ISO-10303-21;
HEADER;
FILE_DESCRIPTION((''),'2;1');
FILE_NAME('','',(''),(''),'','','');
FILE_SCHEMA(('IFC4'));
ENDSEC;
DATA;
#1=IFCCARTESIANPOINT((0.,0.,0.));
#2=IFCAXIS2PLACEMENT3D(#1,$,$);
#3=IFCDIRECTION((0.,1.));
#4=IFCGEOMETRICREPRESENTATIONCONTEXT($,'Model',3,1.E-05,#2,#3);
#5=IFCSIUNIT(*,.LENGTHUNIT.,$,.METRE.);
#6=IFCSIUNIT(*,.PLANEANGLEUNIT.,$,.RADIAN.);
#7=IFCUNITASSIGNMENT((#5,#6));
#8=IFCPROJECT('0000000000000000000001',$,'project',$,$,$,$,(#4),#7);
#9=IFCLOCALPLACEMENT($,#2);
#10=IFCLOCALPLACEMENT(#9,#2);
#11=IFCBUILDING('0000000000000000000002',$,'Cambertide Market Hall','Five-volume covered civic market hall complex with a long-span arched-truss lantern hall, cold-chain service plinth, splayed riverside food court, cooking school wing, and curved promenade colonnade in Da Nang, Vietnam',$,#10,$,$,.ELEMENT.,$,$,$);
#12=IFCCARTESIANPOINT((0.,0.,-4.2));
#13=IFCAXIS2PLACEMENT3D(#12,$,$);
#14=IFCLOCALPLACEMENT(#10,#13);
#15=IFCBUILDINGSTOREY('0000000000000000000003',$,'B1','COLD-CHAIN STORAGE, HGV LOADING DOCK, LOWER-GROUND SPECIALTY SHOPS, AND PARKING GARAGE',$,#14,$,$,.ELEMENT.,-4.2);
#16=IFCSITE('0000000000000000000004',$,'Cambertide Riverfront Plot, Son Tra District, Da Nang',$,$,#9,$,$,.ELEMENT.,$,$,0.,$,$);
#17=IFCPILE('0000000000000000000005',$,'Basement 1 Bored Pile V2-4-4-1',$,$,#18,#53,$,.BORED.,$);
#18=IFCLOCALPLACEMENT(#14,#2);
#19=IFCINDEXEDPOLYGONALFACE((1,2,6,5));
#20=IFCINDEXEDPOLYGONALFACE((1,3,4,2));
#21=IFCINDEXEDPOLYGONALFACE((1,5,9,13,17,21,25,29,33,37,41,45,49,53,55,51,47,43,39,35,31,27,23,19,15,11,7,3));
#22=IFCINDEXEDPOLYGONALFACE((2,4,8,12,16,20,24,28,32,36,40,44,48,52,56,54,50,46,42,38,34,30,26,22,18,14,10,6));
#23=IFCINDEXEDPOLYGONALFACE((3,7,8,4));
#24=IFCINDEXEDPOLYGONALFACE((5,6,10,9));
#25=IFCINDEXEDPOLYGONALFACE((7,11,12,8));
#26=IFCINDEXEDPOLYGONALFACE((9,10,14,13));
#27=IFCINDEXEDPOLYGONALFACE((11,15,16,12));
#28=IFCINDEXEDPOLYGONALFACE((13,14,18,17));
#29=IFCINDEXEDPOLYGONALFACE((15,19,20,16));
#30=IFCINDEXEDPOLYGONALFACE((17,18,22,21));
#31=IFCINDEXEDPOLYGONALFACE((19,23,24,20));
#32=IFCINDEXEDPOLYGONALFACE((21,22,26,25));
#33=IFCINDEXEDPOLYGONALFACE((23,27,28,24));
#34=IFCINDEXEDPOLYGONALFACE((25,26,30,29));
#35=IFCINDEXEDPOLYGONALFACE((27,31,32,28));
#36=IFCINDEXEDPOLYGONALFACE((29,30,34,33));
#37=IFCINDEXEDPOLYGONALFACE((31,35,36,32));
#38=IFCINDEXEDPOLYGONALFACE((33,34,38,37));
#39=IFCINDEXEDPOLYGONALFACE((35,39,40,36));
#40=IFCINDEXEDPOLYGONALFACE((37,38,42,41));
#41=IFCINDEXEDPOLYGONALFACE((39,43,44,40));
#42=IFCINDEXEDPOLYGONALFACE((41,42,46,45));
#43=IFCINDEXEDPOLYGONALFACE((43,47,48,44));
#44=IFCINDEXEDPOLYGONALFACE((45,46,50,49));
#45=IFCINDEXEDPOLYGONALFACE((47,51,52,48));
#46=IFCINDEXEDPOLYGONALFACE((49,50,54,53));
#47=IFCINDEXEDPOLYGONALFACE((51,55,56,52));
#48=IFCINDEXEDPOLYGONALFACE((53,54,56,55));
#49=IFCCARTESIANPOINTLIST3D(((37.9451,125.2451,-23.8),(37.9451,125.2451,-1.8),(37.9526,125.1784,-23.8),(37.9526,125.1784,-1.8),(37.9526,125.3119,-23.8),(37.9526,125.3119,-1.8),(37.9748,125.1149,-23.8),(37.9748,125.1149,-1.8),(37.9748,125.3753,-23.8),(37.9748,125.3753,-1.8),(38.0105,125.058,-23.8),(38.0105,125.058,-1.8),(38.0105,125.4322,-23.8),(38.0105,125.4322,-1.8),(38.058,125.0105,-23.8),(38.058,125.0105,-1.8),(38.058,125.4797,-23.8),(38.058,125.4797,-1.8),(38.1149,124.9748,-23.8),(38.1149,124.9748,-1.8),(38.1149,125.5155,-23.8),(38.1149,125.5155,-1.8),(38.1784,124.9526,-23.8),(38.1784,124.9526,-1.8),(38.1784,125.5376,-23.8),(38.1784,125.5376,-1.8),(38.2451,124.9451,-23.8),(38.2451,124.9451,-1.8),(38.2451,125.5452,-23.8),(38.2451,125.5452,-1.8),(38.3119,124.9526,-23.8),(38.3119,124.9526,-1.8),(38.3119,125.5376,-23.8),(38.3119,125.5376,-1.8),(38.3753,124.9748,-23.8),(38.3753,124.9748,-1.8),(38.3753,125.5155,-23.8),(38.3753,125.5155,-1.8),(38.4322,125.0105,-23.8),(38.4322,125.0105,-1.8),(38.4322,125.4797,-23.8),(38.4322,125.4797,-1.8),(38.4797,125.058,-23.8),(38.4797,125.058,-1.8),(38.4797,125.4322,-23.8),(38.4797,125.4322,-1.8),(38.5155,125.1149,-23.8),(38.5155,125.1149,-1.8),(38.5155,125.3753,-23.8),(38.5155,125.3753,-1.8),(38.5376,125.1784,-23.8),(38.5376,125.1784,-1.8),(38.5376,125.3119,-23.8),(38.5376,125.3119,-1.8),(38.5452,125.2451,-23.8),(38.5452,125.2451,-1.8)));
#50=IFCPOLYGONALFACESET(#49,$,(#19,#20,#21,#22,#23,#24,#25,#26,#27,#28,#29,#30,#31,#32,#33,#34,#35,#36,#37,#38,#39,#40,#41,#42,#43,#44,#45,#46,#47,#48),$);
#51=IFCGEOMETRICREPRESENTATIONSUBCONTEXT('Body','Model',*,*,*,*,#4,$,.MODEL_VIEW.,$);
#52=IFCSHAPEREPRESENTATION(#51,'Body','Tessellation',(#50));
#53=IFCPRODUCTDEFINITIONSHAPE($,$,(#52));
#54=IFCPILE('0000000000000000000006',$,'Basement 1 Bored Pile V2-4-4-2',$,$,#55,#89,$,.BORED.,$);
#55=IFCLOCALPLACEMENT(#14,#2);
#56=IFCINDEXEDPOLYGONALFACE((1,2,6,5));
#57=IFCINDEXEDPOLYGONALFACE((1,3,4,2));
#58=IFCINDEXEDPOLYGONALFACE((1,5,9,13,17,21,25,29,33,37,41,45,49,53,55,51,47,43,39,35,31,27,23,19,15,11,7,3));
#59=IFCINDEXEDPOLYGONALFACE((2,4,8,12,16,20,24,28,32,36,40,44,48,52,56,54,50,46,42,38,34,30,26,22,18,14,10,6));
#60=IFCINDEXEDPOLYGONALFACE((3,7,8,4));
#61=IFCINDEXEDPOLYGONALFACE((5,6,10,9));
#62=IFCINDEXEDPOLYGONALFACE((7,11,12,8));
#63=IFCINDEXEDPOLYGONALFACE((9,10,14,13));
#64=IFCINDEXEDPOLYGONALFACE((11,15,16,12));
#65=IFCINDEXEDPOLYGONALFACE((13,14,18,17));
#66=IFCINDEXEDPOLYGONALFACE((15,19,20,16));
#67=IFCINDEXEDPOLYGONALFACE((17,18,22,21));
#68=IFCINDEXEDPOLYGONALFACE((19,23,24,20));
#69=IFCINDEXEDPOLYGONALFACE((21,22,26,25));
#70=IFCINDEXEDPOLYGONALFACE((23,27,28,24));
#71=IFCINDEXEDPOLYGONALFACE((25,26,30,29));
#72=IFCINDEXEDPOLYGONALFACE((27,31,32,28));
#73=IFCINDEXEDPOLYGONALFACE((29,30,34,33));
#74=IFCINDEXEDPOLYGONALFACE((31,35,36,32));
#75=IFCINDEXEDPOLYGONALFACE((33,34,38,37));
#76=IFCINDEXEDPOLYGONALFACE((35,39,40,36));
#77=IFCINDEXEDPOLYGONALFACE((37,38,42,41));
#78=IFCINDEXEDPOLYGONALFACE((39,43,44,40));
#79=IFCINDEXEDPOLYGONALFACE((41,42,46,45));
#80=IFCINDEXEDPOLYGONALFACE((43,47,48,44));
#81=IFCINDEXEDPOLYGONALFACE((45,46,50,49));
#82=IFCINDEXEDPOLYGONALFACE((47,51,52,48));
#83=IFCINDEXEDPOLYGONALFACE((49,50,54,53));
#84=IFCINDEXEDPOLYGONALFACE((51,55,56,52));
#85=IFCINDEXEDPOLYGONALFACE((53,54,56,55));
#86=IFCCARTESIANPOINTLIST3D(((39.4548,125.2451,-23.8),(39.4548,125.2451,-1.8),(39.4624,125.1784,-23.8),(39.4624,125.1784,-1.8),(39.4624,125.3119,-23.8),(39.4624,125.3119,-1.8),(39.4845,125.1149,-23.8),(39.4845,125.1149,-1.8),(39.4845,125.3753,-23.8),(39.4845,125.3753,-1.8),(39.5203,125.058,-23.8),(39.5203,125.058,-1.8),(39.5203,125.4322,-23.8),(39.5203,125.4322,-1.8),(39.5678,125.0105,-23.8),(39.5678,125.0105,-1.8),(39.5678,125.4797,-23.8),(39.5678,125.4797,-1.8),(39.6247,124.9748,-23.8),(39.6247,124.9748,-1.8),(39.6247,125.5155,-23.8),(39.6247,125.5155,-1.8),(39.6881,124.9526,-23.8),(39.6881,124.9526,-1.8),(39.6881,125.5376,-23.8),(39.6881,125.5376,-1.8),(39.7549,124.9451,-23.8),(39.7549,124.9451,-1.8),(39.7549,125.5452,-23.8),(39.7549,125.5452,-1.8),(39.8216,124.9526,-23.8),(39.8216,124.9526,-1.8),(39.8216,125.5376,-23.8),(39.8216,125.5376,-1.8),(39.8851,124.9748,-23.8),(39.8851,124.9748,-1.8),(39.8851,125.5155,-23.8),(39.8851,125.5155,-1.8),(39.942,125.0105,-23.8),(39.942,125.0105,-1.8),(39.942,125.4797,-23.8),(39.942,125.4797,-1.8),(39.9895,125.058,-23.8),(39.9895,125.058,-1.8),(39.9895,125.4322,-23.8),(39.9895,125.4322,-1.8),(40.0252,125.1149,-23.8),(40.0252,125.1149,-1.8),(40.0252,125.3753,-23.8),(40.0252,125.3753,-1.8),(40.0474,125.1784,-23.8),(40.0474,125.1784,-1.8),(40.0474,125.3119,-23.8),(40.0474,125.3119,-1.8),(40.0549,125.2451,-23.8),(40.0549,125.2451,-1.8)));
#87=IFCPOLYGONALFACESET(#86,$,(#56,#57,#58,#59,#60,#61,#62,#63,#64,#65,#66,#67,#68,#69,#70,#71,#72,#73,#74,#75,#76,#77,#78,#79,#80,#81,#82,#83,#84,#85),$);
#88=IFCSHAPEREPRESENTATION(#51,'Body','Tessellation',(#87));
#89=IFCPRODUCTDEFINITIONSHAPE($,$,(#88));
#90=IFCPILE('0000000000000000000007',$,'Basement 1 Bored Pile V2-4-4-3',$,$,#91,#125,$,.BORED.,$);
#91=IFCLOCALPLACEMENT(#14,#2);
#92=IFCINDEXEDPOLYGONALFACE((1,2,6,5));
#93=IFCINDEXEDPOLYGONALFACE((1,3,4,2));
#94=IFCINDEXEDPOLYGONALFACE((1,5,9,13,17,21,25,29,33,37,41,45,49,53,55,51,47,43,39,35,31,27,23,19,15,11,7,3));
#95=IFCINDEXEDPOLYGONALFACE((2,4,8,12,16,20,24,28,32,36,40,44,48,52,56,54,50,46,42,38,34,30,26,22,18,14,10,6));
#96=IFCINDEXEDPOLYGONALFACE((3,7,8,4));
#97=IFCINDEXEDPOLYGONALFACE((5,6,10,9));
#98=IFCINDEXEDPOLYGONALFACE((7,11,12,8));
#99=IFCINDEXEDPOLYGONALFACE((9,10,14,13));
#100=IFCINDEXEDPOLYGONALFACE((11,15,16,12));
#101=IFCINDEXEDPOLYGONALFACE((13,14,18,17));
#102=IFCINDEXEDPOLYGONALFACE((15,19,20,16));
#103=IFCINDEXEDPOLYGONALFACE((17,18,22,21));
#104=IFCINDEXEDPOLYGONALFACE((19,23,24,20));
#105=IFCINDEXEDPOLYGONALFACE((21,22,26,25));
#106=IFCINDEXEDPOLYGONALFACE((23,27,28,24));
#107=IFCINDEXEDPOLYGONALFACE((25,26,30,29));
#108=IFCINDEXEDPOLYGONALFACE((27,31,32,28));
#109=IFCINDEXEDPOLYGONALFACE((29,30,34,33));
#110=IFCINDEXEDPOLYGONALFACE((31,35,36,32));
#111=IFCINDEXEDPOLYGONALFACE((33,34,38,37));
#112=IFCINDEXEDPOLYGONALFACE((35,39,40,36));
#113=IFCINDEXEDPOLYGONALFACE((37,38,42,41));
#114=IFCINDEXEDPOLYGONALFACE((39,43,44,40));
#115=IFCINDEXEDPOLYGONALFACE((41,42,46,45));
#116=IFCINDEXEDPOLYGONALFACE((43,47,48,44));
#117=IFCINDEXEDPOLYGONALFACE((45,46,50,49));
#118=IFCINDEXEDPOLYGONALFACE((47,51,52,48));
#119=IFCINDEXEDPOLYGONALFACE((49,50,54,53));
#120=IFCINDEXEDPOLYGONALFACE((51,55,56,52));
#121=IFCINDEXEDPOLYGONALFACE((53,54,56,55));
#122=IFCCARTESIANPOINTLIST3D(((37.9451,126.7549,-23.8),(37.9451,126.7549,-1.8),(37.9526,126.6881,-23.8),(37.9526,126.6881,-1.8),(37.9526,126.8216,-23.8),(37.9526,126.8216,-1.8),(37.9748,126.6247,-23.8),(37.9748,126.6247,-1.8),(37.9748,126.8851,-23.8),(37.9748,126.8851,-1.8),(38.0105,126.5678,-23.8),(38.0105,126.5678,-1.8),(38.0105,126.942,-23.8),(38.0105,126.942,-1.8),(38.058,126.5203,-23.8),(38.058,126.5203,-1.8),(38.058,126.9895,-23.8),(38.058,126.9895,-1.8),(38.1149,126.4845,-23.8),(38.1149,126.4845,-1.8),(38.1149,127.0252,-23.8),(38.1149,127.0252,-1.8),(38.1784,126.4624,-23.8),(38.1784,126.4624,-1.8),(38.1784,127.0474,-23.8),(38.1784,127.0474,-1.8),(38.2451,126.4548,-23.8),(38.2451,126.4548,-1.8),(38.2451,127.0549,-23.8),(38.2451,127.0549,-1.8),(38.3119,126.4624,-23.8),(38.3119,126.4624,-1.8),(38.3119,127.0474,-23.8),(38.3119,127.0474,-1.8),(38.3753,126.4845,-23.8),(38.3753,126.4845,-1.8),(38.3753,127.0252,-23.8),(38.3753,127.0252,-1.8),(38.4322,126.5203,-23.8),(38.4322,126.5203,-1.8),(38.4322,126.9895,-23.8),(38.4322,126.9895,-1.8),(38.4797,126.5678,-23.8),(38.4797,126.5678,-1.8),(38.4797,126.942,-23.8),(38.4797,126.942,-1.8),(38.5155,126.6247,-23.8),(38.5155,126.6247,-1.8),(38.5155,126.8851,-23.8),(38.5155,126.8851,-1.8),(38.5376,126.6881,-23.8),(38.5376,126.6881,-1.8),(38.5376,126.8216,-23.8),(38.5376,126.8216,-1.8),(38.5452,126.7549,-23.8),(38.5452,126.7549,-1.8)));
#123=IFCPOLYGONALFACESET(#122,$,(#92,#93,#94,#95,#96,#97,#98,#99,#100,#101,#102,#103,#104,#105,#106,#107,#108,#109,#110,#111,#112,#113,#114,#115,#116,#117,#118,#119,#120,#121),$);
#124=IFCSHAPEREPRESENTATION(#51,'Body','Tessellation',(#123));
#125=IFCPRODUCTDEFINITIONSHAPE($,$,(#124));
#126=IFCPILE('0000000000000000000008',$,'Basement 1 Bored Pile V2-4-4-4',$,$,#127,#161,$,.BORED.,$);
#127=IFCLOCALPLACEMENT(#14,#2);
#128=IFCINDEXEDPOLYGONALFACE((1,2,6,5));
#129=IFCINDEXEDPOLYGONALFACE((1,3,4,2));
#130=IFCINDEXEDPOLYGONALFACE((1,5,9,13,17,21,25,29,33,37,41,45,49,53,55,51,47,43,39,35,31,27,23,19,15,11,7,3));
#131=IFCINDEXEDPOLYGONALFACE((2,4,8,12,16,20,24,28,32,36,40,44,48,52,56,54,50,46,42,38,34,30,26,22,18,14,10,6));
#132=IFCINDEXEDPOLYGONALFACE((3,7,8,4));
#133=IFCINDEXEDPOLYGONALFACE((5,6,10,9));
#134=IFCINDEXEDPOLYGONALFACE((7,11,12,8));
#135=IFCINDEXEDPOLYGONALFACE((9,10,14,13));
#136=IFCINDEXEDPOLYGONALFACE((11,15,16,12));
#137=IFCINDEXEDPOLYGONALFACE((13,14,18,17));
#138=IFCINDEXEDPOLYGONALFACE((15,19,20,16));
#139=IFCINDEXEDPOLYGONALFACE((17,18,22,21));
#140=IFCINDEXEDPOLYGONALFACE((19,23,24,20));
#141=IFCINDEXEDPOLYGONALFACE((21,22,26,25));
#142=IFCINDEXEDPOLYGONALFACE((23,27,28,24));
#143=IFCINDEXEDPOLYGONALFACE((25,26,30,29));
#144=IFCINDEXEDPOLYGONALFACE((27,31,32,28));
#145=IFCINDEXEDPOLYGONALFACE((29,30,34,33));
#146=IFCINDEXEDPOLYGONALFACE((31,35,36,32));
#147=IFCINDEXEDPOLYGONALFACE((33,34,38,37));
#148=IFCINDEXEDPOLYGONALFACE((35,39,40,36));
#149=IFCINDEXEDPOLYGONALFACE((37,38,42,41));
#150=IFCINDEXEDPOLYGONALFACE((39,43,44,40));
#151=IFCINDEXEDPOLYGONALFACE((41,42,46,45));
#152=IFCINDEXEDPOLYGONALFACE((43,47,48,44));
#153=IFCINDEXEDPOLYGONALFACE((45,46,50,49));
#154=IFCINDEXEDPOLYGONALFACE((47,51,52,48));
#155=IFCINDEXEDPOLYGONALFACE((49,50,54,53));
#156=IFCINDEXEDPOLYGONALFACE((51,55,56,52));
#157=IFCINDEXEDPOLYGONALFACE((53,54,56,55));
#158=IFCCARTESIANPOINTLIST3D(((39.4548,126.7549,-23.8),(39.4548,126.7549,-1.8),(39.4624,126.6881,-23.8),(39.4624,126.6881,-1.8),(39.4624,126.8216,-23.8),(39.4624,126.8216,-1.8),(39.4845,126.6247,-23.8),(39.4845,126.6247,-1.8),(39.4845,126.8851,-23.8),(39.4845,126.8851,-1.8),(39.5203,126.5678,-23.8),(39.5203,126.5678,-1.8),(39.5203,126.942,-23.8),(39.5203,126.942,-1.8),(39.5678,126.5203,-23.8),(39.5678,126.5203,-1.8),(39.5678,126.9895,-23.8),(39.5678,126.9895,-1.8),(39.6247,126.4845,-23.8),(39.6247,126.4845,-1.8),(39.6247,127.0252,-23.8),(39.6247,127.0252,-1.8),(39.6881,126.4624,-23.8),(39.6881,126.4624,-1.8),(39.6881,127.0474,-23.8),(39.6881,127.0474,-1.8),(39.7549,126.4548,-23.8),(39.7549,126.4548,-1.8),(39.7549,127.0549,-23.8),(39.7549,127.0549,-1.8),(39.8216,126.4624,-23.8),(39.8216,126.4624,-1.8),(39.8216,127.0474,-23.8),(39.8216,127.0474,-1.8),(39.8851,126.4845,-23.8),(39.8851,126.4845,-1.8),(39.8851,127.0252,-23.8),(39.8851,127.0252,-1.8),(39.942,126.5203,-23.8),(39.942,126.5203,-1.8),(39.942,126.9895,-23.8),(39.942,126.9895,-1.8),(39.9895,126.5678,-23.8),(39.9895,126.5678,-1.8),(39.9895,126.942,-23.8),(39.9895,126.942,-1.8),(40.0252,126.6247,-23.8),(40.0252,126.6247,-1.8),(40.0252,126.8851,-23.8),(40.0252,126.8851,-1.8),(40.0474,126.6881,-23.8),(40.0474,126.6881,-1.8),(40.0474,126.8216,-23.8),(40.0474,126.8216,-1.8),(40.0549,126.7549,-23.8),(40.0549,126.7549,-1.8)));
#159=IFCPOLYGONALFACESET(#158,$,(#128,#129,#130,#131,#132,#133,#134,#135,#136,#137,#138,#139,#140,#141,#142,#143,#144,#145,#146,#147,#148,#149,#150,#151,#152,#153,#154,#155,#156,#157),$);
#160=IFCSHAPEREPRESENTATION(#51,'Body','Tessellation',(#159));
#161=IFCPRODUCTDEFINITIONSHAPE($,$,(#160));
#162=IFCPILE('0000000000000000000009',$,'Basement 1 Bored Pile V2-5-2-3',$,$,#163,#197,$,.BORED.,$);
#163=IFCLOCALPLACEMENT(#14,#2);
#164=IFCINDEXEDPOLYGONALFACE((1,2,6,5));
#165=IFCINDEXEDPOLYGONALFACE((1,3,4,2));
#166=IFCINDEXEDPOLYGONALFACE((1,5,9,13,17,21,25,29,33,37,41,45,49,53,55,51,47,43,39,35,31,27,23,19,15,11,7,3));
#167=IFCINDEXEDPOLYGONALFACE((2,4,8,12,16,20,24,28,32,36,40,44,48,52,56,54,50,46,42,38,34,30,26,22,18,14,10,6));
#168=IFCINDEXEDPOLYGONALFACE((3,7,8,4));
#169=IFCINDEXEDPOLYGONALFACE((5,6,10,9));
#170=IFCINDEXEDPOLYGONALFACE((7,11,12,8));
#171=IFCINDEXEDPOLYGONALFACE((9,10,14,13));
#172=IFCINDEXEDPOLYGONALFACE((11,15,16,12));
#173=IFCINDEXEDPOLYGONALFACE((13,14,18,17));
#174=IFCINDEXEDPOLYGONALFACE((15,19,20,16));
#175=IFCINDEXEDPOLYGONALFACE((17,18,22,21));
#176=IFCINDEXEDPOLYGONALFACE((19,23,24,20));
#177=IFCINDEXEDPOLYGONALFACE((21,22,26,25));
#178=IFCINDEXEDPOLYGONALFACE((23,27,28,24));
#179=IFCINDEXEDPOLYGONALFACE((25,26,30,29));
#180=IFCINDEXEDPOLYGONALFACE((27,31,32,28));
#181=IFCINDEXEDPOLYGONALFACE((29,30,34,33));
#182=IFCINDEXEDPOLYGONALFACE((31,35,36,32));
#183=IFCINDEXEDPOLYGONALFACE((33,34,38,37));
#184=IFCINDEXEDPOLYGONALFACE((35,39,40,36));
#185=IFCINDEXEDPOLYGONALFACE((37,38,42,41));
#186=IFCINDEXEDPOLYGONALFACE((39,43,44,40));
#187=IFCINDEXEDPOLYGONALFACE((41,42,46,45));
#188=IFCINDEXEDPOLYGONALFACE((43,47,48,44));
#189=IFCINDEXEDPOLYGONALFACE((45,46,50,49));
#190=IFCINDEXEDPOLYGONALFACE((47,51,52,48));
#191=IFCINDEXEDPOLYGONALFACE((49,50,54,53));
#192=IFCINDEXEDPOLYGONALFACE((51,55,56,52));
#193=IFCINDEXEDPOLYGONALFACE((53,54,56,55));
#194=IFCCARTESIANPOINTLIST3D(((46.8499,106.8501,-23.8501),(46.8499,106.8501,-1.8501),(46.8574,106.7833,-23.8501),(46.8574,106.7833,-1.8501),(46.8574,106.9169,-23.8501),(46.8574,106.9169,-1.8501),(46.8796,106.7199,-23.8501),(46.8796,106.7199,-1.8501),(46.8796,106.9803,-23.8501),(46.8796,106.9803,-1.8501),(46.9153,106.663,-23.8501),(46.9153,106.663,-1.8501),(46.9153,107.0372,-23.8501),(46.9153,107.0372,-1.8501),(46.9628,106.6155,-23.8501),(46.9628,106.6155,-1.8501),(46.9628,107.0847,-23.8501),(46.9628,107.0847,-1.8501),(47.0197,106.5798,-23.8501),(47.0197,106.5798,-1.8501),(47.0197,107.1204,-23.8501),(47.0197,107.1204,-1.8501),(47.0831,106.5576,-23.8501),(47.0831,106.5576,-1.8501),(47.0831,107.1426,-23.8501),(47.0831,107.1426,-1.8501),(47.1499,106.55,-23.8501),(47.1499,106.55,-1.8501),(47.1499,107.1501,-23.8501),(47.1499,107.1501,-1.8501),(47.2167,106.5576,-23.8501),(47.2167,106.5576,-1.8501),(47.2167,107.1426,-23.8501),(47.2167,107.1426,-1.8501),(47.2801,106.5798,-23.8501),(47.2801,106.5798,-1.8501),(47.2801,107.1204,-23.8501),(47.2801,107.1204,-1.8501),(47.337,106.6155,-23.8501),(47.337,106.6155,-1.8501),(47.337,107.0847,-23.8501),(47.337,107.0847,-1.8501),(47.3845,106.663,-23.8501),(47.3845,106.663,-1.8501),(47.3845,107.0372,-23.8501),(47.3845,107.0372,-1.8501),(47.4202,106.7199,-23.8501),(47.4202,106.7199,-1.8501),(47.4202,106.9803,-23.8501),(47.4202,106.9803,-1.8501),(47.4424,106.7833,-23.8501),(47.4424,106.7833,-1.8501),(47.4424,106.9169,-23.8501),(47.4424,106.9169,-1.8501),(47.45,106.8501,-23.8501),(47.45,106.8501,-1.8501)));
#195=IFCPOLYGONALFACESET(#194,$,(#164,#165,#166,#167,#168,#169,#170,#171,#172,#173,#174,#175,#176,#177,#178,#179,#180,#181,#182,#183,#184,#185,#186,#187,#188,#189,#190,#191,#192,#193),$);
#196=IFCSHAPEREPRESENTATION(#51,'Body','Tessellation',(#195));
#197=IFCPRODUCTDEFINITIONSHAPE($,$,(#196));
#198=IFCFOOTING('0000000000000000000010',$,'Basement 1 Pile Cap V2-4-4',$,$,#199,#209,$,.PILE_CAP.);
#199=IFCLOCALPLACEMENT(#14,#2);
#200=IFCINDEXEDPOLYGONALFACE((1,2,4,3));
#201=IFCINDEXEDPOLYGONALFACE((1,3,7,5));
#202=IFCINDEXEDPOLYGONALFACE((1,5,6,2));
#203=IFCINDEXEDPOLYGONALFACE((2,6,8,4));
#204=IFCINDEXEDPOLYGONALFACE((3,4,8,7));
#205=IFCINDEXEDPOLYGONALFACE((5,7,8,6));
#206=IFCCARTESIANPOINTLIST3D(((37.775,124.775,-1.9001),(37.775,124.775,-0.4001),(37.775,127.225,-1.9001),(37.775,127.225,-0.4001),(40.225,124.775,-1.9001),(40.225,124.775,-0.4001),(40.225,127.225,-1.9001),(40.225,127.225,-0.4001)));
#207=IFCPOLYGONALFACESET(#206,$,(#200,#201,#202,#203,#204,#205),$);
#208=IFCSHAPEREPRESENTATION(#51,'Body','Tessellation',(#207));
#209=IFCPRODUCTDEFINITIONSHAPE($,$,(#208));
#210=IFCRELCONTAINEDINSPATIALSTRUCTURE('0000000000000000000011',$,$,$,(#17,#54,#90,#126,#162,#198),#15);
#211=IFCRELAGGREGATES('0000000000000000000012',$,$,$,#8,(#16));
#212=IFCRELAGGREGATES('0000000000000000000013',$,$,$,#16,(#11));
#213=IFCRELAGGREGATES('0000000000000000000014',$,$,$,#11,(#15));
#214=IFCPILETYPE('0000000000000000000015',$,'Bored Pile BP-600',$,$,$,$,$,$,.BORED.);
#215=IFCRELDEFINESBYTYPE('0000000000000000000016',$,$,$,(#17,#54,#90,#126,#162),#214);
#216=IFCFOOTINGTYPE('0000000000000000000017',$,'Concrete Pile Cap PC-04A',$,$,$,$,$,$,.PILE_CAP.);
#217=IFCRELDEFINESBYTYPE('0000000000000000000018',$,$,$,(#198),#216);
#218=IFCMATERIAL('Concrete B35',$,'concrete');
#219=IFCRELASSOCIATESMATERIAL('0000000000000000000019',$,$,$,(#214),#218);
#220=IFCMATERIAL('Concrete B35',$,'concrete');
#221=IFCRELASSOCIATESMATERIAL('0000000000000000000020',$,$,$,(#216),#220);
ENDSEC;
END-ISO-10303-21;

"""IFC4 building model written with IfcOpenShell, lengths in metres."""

from ifc_helpers import new_model, si_unit, direction, frame, origin, origin_2d, place, context, subcontext, project, spatial, rectangle, circle, extrude, material, material_profile, profile_set, type_object, element, save


model = new_model("IFC4")

# Units and contexts
model_context = context("Model", 3, precision=1e-05, world=origin(), true_north=direction((0.0, 1.0)))
body_context = subcontext(model_context, "Body", "Model", "MODEL_VIEW")
ifc_project = project(units=[si_unit("LENGTHUNIT", "METRE"), si_unit("PLANEANGLEUNIT", "RADIAN")], contexts=[model_context])

# Site, building, storey
site_placement = place(None, origin())
site = spatial("IfcSite", under=ifc_project, at=site_placement, Name="Cambertide Riverfront Plot, Son Tra District, Da Nang", CompositionType="ELEMENT", RefElevation=0.0)
building_placement = place(site_placement, origin())
building = spatial("IfcBuilding", under=site, at=building_placement, Name="Cambertide Market Hall", Description="Five-volume covered civic market hall complex with a long-span arched-truss lantern hall, cold-chain service plinth, splayed riverside food court, cooking school wing, and curved promenade colonnade in Da Nang, Vietnam", CompositionType="ELEMENT")
storey_placement = place(building_placement, frame((0.0, 0.0, -4.2)))
storey = spatial("IfcBuildingStorey", under=building, at=storey_placement, Name="B1", Description="COLD-CHAIN STORAGE, HGV LOADING DOCK, LOWER-GROUND SPECIALTY SHOPS, AND PARKING GARAGE", CompositionType="ELEMENT", Elevation=-4.2)

# Piles
ifc_material_1 = material(Name="Concrete B35", Category="concrete")
ifc_material_profile_1 = material_profile(ifc_material_1, circle(Radius=0.3, at=origin_2d()), Name="BP D600")
ifc_profile_set_1 = profile_set([ifc_material_profile_1], Name="Concrete B35")
pile_type = type_object("IfcPileType", Name="Bored Pile BP-600", PredefinedType="BORED", material=ifc_profile_set_1)
for number, where, z_axis, x_axis, name in (
    (1, (38.2451, 125.2451, -1.8), (0.0, 0.0, -1.0), (1.0, 0.0, 0.0), "Basement 1 Bored Pile V2-4-4-1"),
    (2, (39.7549, 125.2451, -1.8), (0.0, 0.0, -1.0), (1.0, 0.0, 0.0), "Basement 1 Bored Pile V2-4-4-2"),
    (3, (38.2451, 126.7549, -1.8), (0.0, 0.0, -1.0), (1.0, 0.0, 0.0), "Basement 1 Bored Pile V2-4-4-3"),
    (4, (39.7549, 126.7549, -1.8), (0.0, 0.0, -1.0), (1.0, 0.0, 0.0), "Basement 1 Bored Pile V2-4-4-4"),
    (5, (47.1499, 106.8501, -1.8501), (0.0, 0.0, -1.0), (1.0, 0.0, 0.0), "Basement 1 Bored Pile V2-5-2-3"),
):
    element("IfcPile", number, at=place(storey_placement, frame(where, z_axis=z_axis, x_axis=x_axis)), inside=storey, type_object=pile_type, Name=name, PredefinedType="BORED", context=body_context, shape_type="SweptSolid", body=[
        extrude(circle(Radius=0.3, at=origin_2d()), origin(), (0.0, 0.0, 1.0), 22.0),
    ])

# Footing
ifc_material_2 = material(Name="Concrete B35", Category="concrete")
footing_type_1 = type_object("IfcFootingType", Name="Concrete Pile Cap PC-04A", PredefinedType="PILE_CAP", material=ifc_material_2)
footing_1_placement = place(storey_placement, frame((39.0, 126.0, -1.9001), z_axis=(0.0, 0.0, 1.0), x_axis=(1.0, 0.0, 0.0)))
element("IfcFooting", 6, at=footing_1_placement, inside=storey, type_object=footing_type_1, Name="Basement 1 Pile Cap V2-4-4", PredefinedType="PILE_CAP", context=body_context, shape_type="SweptSolid", body=[
    extrude(rectangle(XDim=2.45, YDim=2.45, at=origin_2d()), origin(), (0.0, 0.0, 1.0), 1.5),
])

save(model, "model.ifc")
